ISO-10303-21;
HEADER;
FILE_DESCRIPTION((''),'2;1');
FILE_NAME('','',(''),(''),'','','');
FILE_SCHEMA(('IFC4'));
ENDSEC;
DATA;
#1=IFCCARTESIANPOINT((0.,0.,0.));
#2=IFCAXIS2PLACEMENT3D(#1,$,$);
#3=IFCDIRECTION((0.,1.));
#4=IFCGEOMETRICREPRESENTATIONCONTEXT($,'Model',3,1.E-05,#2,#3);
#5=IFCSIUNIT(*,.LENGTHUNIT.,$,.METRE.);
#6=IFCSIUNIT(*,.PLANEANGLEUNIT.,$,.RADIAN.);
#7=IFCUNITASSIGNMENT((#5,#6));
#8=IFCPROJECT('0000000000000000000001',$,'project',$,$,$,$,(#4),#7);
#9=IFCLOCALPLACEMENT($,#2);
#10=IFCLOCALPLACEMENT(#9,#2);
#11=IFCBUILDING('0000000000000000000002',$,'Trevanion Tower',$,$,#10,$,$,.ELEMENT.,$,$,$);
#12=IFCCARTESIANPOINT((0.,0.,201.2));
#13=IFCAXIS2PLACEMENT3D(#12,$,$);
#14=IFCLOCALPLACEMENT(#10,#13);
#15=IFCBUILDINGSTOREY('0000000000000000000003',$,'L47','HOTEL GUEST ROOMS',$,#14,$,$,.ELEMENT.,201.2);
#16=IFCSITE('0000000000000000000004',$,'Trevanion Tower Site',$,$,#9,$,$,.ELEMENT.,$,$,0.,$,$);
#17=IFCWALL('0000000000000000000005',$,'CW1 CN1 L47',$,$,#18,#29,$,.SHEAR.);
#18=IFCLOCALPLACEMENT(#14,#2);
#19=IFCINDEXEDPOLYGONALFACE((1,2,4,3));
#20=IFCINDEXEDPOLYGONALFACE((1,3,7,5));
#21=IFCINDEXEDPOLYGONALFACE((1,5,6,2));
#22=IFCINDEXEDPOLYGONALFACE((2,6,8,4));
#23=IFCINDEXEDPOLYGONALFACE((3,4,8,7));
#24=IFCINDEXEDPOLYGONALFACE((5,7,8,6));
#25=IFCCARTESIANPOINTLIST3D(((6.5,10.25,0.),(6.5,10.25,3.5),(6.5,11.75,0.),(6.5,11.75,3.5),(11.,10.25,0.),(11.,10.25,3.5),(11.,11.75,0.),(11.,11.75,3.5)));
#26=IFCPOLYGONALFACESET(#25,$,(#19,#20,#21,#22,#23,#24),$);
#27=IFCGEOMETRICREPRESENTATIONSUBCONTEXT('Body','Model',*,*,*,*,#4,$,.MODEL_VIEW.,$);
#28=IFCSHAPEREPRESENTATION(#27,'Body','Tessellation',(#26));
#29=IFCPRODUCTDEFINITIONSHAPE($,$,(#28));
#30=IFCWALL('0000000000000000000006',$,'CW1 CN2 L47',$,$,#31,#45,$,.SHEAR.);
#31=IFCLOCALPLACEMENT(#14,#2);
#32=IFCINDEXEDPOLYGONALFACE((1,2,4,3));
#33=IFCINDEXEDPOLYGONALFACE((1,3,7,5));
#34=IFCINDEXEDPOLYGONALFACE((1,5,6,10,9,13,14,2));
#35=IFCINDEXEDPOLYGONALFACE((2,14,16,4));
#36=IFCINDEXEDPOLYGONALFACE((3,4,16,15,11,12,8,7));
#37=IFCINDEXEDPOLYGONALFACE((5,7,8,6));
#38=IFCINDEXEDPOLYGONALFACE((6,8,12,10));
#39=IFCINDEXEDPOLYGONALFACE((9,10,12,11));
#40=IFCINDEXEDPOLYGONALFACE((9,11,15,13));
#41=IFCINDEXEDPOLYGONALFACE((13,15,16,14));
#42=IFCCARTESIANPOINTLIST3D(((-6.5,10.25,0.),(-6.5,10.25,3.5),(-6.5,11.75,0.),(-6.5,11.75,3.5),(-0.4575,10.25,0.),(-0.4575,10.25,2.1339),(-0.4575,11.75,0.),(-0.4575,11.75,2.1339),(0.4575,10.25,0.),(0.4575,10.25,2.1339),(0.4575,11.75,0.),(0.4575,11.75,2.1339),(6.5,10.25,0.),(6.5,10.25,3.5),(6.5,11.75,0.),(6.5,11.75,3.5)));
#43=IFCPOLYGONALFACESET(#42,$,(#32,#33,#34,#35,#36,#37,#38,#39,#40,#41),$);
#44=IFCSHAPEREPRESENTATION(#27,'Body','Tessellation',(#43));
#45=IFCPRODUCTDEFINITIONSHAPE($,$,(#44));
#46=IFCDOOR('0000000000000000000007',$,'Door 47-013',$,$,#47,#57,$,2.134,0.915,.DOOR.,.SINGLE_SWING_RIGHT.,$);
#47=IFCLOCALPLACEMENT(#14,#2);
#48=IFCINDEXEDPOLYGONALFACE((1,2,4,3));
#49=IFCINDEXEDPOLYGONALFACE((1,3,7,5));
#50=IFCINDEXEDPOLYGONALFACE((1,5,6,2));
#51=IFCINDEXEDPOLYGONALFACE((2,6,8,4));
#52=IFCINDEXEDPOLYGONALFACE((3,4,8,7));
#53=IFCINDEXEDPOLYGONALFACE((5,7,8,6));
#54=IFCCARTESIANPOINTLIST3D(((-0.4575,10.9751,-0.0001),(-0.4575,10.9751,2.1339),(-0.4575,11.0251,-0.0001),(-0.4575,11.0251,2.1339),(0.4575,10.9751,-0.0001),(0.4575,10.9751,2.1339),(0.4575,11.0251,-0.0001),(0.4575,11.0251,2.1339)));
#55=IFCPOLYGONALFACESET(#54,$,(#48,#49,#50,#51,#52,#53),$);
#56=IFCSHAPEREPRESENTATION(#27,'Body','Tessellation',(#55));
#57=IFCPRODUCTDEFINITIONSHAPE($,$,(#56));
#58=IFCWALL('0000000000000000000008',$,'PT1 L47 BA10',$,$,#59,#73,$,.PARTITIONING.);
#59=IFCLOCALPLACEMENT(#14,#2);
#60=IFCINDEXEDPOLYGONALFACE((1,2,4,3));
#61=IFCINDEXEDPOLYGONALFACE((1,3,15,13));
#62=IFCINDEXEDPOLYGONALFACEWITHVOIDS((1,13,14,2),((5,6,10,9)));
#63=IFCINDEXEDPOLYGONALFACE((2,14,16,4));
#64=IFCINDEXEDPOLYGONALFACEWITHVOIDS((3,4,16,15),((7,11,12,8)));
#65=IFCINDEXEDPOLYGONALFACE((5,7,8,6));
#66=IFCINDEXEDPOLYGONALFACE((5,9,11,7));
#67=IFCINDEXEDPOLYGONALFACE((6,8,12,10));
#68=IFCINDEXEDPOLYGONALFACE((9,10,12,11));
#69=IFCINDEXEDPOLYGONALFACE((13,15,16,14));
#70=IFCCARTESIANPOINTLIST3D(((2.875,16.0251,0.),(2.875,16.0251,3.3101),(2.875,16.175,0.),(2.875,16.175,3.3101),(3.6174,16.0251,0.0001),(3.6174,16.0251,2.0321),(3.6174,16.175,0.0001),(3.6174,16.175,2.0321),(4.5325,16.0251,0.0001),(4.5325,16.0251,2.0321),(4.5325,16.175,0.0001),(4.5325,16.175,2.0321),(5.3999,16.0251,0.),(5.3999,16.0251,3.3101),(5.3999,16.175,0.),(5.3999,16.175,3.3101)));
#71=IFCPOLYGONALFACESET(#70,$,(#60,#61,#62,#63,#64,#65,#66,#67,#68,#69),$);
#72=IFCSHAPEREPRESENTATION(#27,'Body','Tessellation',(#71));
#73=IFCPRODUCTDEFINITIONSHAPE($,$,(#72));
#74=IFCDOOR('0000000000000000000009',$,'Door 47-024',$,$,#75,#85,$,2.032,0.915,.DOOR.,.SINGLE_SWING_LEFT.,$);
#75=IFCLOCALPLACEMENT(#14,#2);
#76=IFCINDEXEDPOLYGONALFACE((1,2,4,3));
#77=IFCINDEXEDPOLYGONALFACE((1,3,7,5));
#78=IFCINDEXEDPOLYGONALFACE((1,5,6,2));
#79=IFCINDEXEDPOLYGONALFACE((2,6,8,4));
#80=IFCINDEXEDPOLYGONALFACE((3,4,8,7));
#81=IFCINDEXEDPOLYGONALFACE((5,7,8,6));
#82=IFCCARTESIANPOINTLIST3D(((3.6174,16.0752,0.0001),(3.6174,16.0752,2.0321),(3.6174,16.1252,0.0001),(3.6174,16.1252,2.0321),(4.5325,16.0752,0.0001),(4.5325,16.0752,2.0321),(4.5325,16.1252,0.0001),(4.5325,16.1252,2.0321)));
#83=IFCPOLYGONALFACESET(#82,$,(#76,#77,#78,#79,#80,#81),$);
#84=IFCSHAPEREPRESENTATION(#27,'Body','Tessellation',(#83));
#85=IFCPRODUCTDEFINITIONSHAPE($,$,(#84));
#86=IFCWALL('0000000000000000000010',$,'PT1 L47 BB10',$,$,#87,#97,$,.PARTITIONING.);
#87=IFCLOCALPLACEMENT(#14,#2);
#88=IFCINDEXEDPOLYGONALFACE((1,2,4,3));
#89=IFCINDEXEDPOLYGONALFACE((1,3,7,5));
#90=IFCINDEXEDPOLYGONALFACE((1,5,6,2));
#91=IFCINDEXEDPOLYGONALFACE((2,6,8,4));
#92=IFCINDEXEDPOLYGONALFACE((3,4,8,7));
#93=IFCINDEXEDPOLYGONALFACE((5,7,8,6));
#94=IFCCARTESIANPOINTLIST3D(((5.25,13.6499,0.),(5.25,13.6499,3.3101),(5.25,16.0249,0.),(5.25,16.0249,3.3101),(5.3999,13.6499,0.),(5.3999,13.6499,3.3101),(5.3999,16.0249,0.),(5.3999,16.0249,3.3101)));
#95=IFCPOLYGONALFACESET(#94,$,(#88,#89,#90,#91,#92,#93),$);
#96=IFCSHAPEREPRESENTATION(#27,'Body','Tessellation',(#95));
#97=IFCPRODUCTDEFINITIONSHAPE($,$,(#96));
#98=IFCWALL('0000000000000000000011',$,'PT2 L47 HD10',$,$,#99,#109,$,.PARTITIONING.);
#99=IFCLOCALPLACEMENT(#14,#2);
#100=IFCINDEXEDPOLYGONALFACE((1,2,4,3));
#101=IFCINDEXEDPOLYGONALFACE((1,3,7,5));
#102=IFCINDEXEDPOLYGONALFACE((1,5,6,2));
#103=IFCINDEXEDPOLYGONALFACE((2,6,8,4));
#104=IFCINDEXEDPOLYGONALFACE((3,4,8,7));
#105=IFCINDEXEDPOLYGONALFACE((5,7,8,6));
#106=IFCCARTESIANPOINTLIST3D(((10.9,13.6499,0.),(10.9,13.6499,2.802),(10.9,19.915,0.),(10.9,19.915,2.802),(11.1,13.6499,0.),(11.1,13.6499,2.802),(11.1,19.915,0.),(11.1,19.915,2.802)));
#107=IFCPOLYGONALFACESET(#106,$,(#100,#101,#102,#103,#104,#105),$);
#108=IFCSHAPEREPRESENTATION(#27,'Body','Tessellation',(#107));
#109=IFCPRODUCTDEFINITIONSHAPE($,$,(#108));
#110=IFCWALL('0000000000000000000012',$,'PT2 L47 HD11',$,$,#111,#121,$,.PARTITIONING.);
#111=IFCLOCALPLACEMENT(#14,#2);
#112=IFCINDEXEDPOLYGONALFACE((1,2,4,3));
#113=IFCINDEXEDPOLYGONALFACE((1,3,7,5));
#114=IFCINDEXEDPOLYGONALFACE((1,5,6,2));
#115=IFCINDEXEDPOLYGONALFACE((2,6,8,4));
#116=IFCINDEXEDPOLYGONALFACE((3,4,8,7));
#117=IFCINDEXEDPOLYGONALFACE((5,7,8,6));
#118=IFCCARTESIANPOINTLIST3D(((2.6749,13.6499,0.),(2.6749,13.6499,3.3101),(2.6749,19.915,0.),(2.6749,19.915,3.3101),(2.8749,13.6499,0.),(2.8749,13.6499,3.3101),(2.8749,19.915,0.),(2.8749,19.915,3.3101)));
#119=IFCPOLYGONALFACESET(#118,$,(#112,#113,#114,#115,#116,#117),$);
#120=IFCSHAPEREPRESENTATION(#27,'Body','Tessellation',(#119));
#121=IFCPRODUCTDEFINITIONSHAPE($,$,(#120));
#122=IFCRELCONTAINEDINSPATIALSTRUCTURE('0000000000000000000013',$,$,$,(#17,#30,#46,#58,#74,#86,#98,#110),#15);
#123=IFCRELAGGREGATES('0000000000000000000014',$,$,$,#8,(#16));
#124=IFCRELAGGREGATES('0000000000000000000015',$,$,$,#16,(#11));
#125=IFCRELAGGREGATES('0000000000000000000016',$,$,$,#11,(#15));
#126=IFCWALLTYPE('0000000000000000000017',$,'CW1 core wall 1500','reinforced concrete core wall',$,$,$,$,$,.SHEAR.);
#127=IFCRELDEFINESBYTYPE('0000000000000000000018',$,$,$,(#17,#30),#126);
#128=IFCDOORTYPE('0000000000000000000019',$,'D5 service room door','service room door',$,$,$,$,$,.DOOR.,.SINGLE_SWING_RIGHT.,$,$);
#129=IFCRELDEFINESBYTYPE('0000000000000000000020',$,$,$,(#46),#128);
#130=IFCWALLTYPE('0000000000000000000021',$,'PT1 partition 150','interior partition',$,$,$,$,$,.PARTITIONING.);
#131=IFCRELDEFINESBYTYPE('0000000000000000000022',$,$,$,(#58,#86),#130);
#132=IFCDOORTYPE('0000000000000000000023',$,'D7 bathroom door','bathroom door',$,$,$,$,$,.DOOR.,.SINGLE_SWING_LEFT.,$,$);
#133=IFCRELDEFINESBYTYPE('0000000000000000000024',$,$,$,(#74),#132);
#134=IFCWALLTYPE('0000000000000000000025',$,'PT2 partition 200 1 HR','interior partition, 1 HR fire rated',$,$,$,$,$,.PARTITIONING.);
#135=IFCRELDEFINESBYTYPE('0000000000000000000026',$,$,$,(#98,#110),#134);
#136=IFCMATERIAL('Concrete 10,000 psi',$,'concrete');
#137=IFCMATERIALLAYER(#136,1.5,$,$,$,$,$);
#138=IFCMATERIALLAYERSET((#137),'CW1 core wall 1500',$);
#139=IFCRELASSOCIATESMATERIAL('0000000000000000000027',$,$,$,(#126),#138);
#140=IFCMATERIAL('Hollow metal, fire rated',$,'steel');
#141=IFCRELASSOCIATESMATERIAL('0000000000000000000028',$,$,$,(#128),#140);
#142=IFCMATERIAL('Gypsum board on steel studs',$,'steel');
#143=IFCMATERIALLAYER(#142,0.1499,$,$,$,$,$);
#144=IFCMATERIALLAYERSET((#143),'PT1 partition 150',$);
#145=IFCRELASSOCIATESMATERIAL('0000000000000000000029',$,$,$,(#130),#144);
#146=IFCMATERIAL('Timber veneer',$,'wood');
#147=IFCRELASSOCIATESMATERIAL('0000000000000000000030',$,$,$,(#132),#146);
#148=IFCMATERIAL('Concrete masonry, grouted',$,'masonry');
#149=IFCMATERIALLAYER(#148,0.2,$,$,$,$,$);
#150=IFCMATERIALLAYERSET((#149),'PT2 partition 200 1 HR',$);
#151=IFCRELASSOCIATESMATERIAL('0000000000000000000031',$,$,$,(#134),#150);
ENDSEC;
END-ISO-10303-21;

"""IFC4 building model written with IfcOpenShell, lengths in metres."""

from ifc_helpers import new_model, si_unit, direction, frame, frame_2d, origin, place, context, subcontext, project, spatial, rectangle, extrude, material, layer, layer_set, type_object, element, fill, save


model = new_model("IFC4")

# Units and contexts
model_context = context("Model", 3, precision=1e-05, world=origin(), true_north=direction((0.0, 1.0)))
body_context = subcontext(model_context, "Body", "Model", "MODEL_VIEW")
ifc_project = project(units=[si_unit("LENGTHUNIT", "METRE"), si_unit("PLANEANGLEUNIT", "RADIAN")], contexts=[model_context])

# Site, building, storey
site_placement = place(None, origin())
site = spatial("IfcSite", under=ifc_project, at=site_placement, Name="Trevanion Tower Site", CompositionType="ELEMENT", RefElevation=0.0)
building_placement = place(site_placement, origin())
building = spatial("IfcBuilding", under=site, at=building_placement, Name="Trevanion Tower", CompositionType="ELEMENT")
storey_placement = place(building_placement, frame((0.0, 0.0, 201.2)))
storey = spatial("IfcBuildingStorey", under=building, at=storey_placement, Name="L47", Description="HOTEL GUEST ROOMS", CompositionType="ELEMENT", Elevation=201.2)

# Wall
ifc_material_1 = material(Name="Concrete 10,000 psi", Category="concrete")
ifc_layer_1 = layer(ifc_material_1, 1.5)
ifc_layer_set_1 = layer_set([ifc_layer_1], Name="CW1 core wall 1500")
wall_type_1 = type_object("IfcWallType", Name="CW1 core wall 1500", Description="reinforced concrete core wall", PredefinedType="SHEAR", material=ifc_layer_set_1)
wall_1_placement = place(storey_placement, frame((11.0, 11.0, 0.0), z_axis=(0.0, 0.0, 1.0), x_axis=(-1.0, 0.0, 0.0)))
element("IfcWall", 1, at=wall_1_placement, inside=storey, type_object=wall_type_1, Name="CW1 CN1 L47", PredefinedType="SHEAR", context=body_context, shape_type="SweptSolid", body=[
    extrude(rectangle(XDim=4.5, YDim=1.5, at=frame_2d((2.25, 0.0))), origin(), (0.0, 0.0, 1.0), 3.5),
])

# Walls, openings, doors
wall_2_placement = place(storey_placement, frame((6.5, 11.0, 0.0), z_axis=(0.0, 0.0, 1.0), x_axis=(-1.0, 0.0, 0.0)))
wall_2 = element("IfcWall", 2, at=wall_2_placement, inside=storey, type_object=wall_type_1, Name="CW1 CN2 L47", PredefinedType="SHEAR", context=body_context, shape_type="SweptSolid", body=[
    extrude(rectangle(XDim=13.0, YDim=1.5, at=frame_2d((6.5, 0.0))), origin(), (0.0, 0.0, 1.0), 3.5),
])
opening_1_placement = place(wall_2_placement, frame((6.0425, 0.0, 0.0)))
opening_1 = element("IfcOpeningElement", 3, at=opening_1_placement, cuts=wall_2, PredefinedType="OPENING", context=body_context, shape_type="SweptSolid", body=[
    extrude(rectangle(XDim=0.915, YDim=2.134, at=frame_2d((0.4575, 1.0669))), frame((0.0, 0.76, 0.0), z_axis=(0.0, -1.0, 0.0), x_axis=(1.0, 0.0, 0.0)), (0.0, 0.0, 1.0), 1.52),
])
ifc_material_2 = material(Name="Hollow metal, fire rated", Category="steel")
door_type_1 = type_object("IfcDoorType", Name="D5 service room door", Description="service room door", OperationType="SINGLE_SWING_RIGHT", PredefinedType="DOOR", material=ifc_material_2)
door_1_placement = place(opening_1_placement, origin())
door_1 = element("IfcDoor", 4, at=door_1_placement, inside=storey, type_object=door_type_1, Name="Door 47-013", OperationType="SINGLE_SWING_RIGHT", OverallHeight=2.134, OverallWidth=0.915, PredefinedType="DOOR", context=body_context, shape_type="SweptSolid", body=[
    extrude(rectangle(XDim=0.915, YDim=2.134, at=frame_2d((0.4575, 1.0669))), frame((0.0, 0.0249, 0.0), z_axis=(0.0, -1.0, 0.0), x_axis=(1.0, 0.0, 0.0)), (0.0, 0.0, 1.0), 0.05),
])
fill(opening_1, door_1)
ifc_material_3 = material(Name="Gypsum board on steel studs", Category="steel")
ifc_layer_2 = layer(ifc_material_3, 0.1499)
ifc_layer_set_2 = layer_set([ifc_layer_2], Name="PT1 partition 150")
wall_type_2 = type_object("IfcWallType", Name="PT1 partition 150", Description="interior partition", PredefinedType="PARTITIONING", material=ifc_layer_set_2)
wall_3_placement = place(storey_placement, frame((5.3999, 16.1001, 0.0), z_axis=(0.0, 0.0, 1.0), x_axis=(-1.0, 0.0, 0.0)))
wall_3 = element("IfcWall", 5, at=wall_3_placement, inside=storey, type_object=wall_type_2, Name="PT1 L47 BA10", PredefinedType="PARTITIONING", context=body_context, shape_type="SweptSolid", body=[
    extrude(rectangle(XDim=2.5249, YDim=0.1499, at=frame_2d((1.2625, 0.0))), origin(), (0.0, 0.0, 1.0), 3.3101),
])
opening_2_placement = place(wall_3_placement, frame((0.8674, 0.0, 0.0)))
opening_2 = element("IfcOpeningElement", 6, at=opening_2_placement, cuts=wall_3, PredefinedType="OPENING", context=body_context, shape_type="SweptSolid", body=[
    extrude(rectangle(XDim=0.915, YDim=2.032, at=frame_2d((0.4575, 1.0161))), frame((0.0, 0.085, 0.0), z_axis=(0.0, -1.0, 0.0), x_axis=(1.0, 0.0, 0.0)), (0.0, 0.0, 1.0), 0.1699),
])
ifc_material_4 = material(Name="Timber veneer", Category="wood")
door_type_2 = type_object("IfcDoorType", Name="D7 bathroom door", Description="bathroom door", OperationType="SINGLE_SWING_LEFT", PredefinedType="DOOR", material=ifc_material_4)
door_2_placement = place(opening_2_placement, origin())
door_2 = element("IfcDoor", 7, at=door_2_placement, inside=storey, type_object=door_type_2, Name="Door 47-024", OperationType="SINGLE_SWING_LEFT", OverallHeight=2.032, OverallWidth=0.915, PredefinedType="DOOR", context=body_context, shape_type="SweptSolid", body=[
    extrude(rectangle(XDim=0.915, YDim=2.032, at=frame_2d((0.4575, 1.0161))), frame((0.0, 0.0249, 0.0), z_axis=(0.0, -1.0, 0.0), x_axis=(1.0, 0.0, 0.0)), (0.0, 0.0, 1.0), 0.05),
])
fill(opening_2, door_2)

# Walls
wall_4_placement = place(storey_placement, frame((5.325, 13.6499, 0.0), z_axis=(0.0, 0.0, 1.0), x_axis=(0.0, 1.0, 0.0)))
element("IfcWall", 8, at=wall_4_placement, inside=storey, type_object=wall_type_2, Name="PT1 L47 BB10", PredefinedType="PARTITIONING", context=body_context, shape_type="SweptSolid", body=[
    extrude(rectangle(XDim=2.375, YDim=0.1499, at=frame_2d((1.1875, 0.0))), origin(), (0.0, 0.0, 1.0), 3.3101),
])
ifc_material_5 = material(Name="Concrete masonry, grouted", Category="masonry")
ifc_layer_3 = layer(ifc_material_5, 0.2)
ifc_layer_set_3 = layer_set([ifc_layer_3], Name="PT2 partition 200 1 HR")
wall_type_3 = type_object("IfcWallType", Name="PT2 partition 200 1 HR", Description="interior partition, 1 HR fire rated", PredefinedType="PARTITIONING", material=ifc_layer_set_3)
wall_5_placement = place(storey_placement, frame((11.0, 13.6499, 0.0), z_axis=(0.0, 0.0, 1.0), x_axis=(0.0, 1.0, 0.0)))
element("IfcWall", 9, at=wall_5_placement, inside=storey, type_object=wall_type_3, Name="PT2 L47 HD10", PredefinedType="PARTITIONING", context=body_context, shape_type="SweptSolid", body=[
    extrude(rectangle(XDim=6.2651, YDim=0.2, at=frame_2d((3.1326, 0.0))), origin(), (0.0, 0.0, 1.0), 2.802),
])
wall_6_placement = place(storey_placement, frame((2.7749, 13.6499, 0.0), z_axis=(0.0, 0.0, 1.0), x_axis=(0.0, 1.0, 0.0)))
element("IfcWall", 10, at=wall_6_placement, inside=storey, type_object=wall_type_3, Name="PT2 L47 HD11", PredefinedType="PARTITIONING", context=body_context, shape_type="SweptSolid", body=[
    extrude(rectangle(XDim=6.2651, YDim=0.2, at=frame_2d((3.1326, 0.0))), origin(), (0.0, 0.0, 1.0), 3.3101),
])

save(model, "model.ifc")
